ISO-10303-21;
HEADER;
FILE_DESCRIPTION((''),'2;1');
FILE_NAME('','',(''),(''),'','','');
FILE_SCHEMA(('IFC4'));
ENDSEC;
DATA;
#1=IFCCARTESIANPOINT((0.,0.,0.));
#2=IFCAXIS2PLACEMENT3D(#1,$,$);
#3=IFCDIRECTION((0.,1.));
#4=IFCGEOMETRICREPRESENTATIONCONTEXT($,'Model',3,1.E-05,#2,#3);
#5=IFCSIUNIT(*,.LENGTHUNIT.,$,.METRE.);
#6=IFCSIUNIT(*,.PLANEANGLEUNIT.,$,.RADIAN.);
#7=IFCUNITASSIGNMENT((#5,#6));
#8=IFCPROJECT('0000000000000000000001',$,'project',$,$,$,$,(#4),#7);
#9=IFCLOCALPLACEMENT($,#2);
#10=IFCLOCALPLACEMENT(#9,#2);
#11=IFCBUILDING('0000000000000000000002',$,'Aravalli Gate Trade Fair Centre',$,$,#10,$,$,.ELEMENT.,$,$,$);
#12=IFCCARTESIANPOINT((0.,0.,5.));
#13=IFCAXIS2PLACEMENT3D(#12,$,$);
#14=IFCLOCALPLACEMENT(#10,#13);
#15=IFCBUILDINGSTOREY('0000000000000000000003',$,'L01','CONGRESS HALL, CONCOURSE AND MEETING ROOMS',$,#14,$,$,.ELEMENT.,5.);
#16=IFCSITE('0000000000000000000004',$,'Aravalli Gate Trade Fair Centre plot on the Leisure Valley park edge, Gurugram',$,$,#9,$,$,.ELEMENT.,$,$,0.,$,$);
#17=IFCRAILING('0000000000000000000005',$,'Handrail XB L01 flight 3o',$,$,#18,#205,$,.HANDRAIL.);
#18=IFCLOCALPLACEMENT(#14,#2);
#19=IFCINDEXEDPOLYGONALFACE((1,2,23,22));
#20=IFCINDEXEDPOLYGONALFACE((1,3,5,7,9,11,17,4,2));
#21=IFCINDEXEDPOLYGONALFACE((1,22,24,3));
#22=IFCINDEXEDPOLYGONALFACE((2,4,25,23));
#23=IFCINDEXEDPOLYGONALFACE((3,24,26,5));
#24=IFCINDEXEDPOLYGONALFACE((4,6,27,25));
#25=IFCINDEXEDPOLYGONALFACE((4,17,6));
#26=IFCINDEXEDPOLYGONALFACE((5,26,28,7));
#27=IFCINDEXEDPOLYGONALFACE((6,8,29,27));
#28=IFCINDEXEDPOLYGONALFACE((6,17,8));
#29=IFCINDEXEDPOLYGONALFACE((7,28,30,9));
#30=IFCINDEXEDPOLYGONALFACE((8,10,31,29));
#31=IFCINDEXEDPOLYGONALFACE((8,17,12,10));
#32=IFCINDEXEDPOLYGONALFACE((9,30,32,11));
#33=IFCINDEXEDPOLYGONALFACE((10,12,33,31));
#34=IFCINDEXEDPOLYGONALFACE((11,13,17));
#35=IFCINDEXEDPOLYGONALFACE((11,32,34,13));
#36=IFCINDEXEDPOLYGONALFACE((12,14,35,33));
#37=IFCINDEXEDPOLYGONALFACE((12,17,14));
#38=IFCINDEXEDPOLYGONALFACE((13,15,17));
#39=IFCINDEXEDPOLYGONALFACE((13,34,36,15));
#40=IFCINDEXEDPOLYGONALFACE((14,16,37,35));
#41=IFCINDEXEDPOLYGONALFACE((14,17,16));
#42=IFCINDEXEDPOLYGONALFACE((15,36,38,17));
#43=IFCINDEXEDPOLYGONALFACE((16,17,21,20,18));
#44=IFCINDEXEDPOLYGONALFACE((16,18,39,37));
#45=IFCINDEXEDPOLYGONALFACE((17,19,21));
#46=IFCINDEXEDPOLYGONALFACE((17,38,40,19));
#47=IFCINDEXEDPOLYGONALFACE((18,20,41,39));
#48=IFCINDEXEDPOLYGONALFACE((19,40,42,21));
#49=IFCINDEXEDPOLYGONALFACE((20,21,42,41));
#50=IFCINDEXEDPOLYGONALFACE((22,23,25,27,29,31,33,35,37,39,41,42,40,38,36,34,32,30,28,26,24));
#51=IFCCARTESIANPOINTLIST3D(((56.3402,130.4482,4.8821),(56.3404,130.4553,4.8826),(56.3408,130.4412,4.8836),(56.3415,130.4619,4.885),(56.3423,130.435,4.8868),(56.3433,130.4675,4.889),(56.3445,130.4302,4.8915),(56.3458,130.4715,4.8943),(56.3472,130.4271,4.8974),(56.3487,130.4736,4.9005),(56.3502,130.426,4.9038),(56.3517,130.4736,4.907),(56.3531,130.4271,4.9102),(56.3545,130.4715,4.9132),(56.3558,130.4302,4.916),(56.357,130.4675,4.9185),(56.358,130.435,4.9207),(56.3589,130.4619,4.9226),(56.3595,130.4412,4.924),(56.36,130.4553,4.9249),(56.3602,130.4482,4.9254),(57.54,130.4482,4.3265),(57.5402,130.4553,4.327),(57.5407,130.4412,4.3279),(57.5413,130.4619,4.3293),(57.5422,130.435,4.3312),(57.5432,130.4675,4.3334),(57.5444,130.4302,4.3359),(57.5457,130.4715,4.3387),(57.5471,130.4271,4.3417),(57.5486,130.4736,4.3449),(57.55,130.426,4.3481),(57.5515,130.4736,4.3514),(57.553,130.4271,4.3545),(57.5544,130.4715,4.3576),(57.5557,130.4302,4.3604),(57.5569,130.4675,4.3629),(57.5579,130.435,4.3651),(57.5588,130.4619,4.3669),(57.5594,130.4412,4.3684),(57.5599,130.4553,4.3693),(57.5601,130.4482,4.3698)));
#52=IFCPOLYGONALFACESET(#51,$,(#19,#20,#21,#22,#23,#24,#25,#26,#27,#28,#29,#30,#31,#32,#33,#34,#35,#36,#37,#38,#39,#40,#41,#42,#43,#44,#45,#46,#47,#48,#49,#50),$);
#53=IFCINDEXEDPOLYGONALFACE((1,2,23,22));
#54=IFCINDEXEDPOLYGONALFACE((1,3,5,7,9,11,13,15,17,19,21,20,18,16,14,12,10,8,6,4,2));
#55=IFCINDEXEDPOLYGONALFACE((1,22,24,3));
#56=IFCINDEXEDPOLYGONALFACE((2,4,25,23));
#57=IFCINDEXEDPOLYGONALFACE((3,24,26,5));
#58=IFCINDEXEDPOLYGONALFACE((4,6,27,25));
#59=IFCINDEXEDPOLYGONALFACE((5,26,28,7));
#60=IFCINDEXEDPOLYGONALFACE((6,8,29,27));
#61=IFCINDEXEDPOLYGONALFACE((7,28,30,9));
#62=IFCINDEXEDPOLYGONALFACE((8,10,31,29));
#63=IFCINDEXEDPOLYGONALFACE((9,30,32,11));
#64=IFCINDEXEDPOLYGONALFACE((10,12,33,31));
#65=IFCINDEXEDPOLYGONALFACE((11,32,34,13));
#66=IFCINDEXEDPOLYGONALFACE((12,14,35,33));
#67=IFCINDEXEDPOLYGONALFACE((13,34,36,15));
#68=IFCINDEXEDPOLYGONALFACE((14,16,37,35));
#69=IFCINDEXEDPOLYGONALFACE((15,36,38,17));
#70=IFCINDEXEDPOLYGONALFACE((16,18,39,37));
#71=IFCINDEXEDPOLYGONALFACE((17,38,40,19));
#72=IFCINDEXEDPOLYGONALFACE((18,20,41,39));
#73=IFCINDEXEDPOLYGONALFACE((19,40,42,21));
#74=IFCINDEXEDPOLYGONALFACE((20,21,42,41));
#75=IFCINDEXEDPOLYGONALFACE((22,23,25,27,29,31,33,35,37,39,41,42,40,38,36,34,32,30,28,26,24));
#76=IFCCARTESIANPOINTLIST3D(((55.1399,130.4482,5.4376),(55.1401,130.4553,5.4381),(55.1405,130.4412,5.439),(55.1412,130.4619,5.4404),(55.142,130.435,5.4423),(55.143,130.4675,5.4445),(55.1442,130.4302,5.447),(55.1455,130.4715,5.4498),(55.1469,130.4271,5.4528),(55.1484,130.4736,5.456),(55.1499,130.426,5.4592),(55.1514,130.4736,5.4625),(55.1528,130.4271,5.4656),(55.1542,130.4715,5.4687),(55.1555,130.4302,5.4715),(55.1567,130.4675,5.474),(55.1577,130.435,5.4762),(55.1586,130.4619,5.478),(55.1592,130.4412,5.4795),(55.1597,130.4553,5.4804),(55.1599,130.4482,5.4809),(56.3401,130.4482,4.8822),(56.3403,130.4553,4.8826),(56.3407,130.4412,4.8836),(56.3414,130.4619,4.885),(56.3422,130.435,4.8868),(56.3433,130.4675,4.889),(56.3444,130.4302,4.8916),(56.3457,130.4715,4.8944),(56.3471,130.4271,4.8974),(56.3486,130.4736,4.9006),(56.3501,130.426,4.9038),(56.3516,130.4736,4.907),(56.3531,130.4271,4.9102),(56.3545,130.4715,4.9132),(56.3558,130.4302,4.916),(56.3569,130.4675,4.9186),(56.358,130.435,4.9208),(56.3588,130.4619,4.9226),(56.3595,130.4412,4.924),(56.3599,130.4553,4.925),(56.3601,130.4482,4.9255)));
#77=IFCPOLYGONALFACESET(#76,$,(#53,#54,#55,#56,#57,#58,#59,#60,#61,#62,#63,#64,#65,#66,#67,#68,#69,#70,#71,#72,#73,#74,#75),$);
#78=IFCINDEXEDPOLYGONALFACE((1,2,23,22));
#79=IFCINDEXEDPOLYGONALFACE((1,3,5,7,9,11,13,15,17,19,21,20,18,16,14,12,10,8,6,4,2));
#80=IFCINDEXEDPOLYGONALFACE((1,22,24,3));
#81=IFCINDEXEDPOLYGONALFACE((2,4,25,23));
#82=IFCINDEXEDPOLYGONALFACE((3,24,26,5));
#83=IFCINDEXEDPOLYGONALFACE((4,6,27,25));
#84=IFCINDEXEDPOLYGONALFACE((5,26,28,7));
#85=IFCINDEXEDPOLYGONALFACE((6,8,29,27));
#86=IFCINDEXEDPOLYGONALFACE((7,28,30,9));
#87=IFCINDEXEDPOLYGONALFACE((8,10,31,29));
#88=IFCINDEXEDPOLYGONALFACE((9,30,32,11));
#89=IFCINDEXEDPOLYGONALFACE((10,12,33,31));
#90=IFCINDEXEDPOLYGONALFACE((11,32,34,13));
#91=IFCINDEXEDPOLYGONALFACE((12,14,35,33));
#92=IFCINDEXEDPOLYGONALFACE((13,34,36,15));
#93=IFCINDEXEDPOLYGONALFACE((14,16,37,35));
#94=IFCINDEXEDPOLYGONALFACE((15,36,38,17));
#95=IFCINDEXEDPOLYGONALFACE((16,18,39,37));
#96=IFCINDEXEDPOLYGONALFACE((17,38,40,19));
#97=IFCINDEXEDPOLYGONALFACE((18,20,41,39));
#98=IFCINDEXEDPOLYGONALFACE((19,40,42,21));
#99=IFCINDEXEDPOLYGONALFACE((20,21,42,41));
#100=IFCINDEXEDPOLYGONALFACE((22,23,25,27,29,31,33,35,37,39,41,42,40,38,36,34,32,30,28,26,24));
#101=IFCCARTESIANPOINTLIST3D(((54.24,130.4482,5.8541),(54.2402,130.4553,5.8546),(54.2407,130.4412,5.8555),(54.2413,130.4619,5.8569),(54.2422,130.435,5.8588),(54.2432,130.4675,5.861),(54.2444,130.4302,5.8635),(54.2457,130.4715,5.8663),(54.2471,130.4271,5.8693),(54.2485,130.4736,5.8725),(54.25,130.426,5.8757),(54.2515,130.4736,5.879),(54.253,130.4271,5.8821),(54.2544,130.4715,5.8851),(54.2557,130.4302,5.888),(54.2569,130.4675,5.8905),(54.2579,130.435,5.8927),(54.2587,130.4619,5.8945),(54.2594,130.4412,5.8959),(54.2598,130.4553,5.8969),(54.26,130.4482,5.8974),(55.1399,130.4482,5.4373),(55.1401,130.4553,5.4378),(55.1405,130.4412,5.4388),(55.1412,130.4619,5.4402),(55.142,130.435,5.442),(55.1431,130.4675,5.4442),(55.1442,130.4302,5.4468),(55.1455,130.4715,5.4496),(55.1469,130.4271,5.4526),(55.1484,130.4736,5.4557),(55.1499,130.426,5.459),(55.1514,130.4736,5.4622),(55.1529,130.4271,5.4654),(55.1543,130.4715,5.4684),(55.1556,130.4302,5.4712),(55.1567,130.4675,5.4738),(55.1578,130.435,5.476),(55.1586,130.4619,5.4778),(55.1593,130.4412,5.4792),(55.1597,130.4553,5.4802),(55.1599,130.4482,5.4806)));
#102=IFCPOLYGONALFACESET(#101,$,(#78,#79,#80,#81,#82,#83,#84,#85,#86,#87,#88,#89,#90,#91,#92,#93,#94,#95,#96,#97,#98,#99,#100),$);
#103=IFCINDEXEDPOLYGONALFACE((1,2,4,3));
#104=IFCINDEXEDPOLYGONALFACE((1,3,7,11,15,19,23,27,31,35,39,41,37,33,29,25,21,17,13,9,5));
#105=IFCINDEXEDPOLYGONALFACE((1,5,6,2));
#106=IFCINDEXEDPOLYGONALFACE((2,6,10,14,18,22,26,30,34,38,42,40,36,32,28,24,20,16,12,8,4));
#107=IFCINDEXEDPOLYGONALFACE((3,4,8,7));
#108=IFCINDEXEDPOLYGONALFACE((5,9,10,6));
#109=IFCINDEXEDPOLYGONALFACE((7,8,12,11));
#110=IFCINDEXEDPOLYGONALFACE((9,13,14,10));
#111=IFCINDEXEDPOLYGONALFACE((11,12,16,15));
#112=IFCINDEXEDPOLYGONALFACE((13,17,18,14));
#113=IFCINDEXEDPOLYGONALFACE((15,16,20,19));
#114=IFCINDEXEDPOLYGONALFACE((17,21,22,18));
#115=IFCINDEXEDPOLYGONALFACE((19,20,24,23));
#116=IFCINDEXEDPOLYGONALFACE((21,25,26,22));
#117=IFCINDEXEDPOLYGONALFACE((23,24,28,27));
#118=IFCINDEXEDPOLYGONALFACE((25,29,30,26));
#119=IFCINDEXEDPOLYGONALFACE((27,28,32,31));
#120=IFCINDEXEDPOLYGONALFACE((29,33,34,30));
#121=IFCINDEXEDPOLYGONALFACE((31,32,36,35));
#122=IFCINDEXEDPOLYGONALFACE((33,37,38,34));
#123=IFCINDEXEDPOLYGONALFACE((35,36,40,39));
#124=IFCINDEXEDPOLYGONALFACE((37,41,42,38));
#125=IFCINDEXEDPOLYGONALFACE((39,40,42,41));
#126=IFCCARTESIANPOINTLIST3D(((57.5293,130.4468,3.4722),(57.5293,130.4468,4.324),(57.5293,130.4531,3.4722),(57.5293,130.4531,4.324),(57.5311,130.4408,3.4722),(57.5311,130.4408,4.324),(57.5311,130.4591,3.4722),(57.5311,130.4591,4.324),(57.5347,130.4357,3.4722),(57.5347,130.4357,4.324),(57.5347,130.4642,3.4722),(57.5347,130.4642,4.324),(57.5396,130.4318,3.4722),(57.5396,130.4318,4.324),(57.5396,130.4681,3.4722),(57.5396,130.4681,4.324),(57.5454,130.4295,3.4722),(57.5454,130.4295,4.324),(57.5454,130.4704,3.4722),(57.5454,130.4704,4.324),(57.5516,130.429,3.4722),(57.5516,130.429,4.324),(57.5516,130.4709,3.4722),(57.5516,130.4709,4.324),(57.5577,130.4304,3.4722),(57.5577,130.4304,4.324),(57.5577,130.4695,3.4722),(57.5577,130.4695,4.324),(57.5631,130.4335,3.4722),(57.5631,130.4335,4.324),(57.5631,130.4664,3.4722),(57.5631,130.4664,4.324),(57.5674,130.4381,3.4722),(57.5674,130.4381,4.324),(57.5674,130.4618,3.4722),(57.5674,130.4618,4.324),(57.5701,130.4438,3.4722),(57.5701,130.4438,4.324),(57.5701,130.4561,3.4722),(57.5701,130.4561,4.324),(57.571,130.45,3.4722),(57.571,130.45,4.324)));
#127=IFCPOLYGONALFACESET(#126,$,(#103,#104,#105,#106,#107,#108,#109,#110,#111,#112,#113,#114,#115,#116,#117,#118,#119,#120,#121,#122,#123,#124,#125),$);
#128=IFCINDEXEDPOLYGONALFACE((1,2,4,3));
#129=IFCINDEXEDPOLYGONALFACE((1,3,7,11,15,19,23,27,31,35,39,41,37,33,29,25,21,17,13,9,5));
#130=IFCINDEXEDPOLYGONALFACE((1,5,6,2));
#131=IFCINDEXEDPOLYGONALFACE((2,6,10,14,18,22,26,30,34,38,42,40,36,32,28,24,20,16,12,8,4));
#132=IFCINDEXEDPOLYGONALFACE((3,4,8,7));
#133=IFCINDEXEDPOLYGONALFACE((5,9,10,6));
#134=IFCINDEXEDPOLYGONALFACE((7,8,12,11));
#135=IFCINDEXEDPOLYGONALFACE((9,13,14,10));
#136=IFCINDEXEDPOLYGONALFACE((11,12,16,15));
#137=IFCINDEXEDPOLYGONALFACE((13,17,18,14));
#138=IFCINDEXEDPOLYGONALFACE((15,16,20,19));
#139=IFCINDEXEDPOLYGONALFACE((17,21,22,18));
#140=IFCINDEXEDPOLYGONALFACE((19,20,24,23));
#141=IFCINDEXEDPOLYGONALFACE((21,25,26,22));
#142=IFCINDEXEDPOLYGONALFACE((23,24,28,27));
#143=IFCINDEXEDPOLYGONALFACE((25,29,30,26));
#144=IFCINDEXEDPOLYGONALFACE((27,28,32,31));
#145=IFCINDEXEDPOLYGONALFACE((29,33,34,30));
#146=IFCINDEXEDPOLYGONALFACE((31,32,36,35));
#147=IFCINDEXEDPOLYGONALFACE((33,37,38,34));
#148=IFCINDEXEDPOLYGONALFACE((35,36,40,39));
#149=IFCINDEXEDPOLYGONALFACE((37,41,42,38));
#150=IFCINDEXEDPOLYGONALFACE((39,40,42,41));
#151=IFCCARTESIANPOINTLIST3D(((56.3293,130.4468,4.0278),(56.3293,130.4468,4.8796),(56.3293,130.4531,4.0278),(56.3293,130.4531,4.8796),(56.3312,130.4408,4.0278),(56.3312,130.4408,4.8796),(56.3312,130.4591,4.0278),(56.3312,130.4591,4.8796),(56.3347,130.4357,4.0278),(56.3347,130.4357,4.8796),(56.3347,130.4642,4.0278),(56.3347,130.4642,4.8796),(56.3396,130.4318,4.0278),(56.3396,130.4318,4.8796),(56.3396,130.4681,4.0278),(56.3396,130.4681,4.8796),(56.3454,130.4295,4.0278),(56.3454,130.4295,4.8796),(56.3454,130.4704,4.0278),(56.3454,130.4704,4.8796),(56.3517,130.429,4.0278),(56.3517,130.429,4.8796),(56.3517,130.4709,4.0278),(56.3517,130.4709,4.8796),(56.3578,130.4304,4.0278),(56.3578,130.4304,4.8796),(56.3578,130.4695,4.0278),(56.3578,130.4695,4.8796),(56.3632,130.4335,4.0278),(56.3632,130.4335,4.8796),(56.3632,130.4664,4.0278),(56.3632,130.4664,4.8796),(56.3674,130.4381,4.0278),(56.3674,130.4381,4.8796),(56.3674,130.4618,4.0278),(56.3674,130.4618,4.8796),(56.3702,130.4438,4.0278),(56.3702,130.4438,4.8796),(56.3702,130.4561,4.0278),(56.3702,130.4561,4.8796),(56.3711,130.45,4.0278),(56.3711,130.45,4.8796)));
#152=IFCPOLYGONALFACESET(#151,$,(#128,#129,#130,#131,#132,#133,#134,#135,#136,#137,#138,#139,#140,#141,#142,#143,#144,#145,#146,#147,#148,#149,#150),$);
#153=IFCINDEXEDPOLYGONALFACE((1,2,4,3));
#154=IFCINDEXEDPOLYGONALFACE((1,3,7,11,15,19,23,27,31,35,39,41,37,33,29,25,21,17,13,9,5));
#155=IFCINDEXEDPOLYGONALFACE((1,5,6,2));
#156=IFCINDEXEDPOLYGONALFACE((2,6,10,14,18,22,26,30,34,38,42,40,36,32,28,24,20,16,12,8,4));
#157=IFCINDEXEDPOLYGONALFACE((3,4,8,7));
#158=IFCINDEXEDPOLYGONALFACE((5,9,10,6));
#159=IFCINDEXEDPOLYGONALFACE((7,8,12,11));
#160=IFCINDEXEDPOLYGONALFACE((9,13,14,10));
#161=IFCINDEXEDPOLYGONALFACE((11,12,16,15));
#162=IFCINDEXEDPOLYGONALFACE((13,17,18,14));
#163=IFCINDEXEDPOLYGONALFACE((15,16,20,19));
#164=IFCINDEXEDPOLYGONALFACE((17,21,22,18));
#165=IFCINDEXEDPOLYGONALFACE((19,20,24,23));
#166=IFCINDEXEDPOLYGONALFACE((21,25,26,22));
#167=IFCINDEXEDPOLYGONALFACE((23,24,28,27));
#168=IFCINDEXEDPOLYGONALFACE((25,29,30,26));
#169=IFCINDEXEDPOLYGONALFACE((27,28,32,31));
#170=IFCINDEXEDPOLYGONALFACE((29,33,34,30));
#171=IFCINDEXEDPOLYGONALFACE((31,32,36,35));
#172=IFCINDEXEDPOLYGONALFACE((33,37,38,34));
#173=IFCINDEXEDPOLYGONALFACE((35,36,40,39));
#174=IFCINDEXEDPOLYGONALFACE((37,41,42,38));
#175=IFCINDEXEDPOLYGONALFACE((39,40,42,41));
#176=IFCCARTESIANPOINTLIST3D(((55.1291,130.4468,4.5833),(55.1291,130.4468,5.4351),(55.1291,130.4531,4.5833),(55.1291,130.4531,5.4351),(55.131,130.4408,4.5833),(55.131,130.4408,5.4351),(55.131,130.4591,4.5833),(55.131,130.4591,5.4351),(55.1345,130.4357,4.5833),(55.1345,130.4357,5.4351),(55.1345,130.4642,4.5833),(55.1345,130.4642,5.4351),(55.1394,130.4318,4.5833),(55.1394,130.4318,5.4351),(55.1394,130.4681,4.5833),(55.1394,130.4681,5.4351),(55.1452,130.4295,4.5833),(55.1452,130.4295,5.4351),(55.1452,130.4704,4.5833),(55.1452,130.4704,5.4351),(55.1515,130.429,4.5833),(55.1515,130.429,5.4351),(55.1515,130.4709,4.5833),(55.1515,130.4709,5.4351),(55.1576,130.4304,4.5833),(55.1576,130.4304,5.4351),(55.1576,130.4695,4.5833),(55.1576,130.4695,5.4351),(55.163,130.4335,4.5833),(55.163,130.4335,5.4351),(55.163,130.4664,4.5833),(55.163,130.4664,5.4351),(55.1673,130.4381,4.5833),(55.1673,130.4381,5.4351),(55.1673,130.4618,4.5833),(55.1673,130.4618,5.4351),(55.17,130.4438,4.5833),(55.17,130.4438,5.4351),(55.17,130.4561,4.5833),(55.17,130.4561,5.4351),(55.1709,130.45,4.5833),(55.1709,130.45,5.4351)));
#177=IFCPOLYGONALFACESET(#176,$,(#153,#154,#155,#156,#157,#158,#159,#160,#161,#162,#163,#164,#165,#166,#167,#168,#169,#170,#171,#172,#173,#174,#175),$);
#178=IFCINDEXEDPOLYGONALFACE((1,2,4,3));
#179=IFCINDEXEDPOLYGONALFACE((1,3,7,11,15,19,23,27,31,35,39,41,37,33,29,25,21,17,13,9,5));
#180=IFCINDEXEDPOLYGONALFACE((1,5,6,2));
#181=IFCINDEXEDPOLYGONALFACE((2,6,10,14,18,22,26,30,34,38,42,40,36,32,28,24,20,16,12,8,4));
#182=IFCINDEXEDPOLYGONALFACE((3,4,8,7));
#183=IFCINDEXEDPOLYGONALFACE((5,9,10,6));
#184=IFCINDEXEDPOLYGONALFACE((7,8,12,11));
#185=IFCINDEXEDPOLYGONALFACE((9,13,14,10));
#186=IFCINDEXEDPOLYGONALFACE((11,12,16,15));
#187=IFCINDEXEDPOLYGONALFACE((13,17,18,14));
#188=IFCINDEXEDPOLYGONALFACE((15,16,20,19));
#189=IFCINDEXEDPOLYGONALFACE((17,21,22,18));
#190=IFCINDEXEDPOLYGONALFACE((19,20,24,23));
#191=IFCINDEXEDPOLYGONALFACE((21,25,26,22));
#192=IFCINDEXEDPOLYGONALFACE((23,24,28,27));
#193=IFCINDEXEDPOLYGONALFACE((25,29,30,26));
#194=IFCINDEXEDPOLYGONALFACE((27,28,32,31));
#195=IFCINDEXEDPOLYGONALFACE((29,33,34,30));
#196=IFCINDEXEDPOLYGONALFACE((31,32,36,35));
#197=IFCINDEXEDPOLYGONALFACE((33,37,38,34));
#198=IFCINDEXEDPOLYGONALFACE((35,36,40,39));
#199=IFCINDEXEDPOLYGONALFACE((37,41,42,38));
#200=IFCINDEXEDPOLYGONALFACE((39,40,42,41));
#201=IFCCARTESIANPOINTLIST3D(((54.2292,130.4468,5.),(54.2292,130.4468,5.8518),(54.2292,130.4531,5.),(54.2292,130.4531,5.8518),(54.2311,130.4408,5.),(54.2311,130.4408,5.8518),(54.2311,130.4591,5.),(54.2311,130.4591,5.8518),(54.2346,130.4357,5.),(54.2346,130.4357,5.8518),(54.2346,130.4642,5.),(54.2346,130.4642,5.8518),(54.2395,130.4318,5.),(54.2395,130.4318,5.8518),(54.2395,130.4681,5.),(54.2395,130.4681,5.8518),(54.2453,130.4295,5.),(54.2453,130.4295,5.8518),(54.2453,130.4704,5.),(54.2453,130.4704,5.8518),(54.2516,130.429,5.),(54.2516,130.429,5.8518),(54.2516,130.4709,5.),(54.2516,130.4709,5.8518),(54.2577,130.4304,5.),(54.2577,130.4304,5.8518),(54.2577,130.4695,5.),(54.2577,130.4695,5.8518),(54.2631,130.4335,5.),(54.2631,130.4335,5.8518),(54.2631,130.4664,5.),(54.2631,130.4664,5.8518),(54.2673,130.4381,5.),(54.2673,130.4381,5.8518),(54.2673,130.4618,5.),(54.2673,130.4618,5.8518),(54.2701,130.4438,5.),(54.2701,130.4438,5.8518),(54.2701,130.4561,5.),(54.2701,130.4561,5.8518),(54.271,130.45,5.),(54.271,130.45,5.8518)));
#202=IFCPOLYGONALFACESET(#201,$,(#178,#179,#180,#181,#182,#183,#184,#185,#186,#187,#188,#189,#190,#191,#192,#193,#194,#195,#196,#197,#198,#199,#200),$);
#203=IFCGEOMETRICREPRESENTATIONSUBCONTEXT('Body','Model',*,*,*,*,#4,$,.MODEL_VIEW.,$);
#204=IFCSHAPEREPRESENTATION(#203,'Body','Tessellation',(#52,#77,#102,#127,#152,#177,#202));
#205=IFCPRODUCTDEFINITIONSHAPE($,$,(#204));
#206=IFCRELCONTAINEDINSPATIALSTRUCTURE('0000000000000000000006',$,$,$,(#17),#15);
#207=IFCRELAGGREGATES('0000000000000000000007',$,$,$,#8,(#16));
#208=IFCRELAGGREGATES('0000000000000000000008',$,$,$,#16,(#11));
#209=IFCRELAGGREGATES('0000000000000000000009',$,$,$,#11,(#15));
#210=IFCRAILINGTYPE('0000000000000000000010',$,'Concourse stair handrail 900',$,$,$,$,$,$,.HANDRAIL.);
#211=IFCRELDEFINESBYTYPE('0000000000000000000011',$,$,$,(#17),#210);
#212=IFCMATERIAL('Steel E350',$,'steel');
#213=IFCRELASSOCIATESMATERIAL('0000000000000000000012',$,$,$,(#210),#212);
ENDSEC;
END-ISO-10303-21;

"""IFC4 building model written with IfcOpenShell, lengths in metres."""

from ifc_helpers import new_model, si_unit, direction, frame, origin, origin_2d, place, context, subcontext, project, spatial, circle, extrude, material, type_object, element, save


model = new_model("IFC4")

# Units and contexts
model_context = context("Model", 3, precision=1e-05, world=origin(), true_north=direction((0.0, 1.0)))
body_context = subcontext(model_context, "Body", "Model", "MODEL_VIEW")
ifc_project = project(units=[si_unit("LENGTHUNIT", "METRE"), si_unit("PLANEANGLEUNIT", "RADIAN")], contexts=[model_context])

# Site, building, storey
site_placement = place(None, origin())
site = spatial("IfcSite", under=ifc_project, at=site_placement, Name="Aravalli Gate Trade Fair Centre plot on the Leisure Valley park edge, Gurugram", CompositionType="ELEMENT", RefElevation=0.0)
building_placement = place(site_placement, origin())
building = spatial("IfcBuilding", under=site, at=building_placement, Name="Aravalli Gate Trade Fair Centre", CompositionType="ELEMENT")
storey_placement = place(building_placement, frame((0.0, 0.0, 5.0)))
storey = spatial("IfcBuildingStorey", under=building, at=storey_placement, Name="L01", Description="CONGRESS HALL, CONCOURSE AND MEETING ROOMS", CompositionType="ELEMENT", Elevation=5.0)

# Shared definitions
ifc_material_1 = material(Name="Steel E350", Category="steel")

# Railing
railing_type = type_object("IfcRailingType", Name="Concourse stair handrail 900", PredefinedType="HANDRAIL", material=ifc_material_1)
for number, where, name in (
    (1, (57.55, 130.45, 3.4722), "Handrail XB L01 flight 3o"),
):
    element("IfcRailing", number, at=place(storey_placement, frame(where)), inside=storey, type_object=railing_type, Name=name, PredefinedType="HANDRAIL", context=body_context, shape_type="SweptSolid", body=[
        extrude(circle(Radius=0.0239, at=origin_2d()), frame((0.0, 0.0, 0.876), z_axis=(-0.907429, 0.0, 0.420205), x_axis=(0.0, -1.0, 0.0)), (0.0, 0.0, 1.0), 1.3223),
        extrude(circle(Radius=0.0239, at=origin_2d()), frame((-1.2, 0.0, 1.4316), z_axis=(-0.907532, 0.0, 0.419983), x_axis=(0.0, -1.0, 0.0)), (0.0, 0.0, 1.0), 1.3225),
        extrude(circle(Radius=0.0239, at=origin_2d()), frame((-2.4001, 0.0, 1.9868), z_axis=(-0.907418, 0.0, 0.420229), x_axis=(0.0, -1.0, 0.0)), (0.0, 0.0, 1.0), 0.9917),
        extrude(circle(Radius=0.021, at=origin_2d()), origin(), (0.0, 0.0, 1.0), 0.8518),
        extrude(circle(Radius=0.021, at=origin_2d()), frame((-1.2, 0.0, 0.5557)), (0.0, 0.0, 1.0), 0.8518),
        extrude(circle(Radius=0.021, at=origin_2d()), frame((-2.4001, 0.0, 1.1111)), (0.0, 0.0, 1.0), 0.8518),
        extrude(circle(Radius=0.021, at=origin_2d()), frame((-3.3, 0.0, 1.5278)), (0.0, 0.0, 1.0), 0.8518),
    ])

save(model, "model.ifc")
